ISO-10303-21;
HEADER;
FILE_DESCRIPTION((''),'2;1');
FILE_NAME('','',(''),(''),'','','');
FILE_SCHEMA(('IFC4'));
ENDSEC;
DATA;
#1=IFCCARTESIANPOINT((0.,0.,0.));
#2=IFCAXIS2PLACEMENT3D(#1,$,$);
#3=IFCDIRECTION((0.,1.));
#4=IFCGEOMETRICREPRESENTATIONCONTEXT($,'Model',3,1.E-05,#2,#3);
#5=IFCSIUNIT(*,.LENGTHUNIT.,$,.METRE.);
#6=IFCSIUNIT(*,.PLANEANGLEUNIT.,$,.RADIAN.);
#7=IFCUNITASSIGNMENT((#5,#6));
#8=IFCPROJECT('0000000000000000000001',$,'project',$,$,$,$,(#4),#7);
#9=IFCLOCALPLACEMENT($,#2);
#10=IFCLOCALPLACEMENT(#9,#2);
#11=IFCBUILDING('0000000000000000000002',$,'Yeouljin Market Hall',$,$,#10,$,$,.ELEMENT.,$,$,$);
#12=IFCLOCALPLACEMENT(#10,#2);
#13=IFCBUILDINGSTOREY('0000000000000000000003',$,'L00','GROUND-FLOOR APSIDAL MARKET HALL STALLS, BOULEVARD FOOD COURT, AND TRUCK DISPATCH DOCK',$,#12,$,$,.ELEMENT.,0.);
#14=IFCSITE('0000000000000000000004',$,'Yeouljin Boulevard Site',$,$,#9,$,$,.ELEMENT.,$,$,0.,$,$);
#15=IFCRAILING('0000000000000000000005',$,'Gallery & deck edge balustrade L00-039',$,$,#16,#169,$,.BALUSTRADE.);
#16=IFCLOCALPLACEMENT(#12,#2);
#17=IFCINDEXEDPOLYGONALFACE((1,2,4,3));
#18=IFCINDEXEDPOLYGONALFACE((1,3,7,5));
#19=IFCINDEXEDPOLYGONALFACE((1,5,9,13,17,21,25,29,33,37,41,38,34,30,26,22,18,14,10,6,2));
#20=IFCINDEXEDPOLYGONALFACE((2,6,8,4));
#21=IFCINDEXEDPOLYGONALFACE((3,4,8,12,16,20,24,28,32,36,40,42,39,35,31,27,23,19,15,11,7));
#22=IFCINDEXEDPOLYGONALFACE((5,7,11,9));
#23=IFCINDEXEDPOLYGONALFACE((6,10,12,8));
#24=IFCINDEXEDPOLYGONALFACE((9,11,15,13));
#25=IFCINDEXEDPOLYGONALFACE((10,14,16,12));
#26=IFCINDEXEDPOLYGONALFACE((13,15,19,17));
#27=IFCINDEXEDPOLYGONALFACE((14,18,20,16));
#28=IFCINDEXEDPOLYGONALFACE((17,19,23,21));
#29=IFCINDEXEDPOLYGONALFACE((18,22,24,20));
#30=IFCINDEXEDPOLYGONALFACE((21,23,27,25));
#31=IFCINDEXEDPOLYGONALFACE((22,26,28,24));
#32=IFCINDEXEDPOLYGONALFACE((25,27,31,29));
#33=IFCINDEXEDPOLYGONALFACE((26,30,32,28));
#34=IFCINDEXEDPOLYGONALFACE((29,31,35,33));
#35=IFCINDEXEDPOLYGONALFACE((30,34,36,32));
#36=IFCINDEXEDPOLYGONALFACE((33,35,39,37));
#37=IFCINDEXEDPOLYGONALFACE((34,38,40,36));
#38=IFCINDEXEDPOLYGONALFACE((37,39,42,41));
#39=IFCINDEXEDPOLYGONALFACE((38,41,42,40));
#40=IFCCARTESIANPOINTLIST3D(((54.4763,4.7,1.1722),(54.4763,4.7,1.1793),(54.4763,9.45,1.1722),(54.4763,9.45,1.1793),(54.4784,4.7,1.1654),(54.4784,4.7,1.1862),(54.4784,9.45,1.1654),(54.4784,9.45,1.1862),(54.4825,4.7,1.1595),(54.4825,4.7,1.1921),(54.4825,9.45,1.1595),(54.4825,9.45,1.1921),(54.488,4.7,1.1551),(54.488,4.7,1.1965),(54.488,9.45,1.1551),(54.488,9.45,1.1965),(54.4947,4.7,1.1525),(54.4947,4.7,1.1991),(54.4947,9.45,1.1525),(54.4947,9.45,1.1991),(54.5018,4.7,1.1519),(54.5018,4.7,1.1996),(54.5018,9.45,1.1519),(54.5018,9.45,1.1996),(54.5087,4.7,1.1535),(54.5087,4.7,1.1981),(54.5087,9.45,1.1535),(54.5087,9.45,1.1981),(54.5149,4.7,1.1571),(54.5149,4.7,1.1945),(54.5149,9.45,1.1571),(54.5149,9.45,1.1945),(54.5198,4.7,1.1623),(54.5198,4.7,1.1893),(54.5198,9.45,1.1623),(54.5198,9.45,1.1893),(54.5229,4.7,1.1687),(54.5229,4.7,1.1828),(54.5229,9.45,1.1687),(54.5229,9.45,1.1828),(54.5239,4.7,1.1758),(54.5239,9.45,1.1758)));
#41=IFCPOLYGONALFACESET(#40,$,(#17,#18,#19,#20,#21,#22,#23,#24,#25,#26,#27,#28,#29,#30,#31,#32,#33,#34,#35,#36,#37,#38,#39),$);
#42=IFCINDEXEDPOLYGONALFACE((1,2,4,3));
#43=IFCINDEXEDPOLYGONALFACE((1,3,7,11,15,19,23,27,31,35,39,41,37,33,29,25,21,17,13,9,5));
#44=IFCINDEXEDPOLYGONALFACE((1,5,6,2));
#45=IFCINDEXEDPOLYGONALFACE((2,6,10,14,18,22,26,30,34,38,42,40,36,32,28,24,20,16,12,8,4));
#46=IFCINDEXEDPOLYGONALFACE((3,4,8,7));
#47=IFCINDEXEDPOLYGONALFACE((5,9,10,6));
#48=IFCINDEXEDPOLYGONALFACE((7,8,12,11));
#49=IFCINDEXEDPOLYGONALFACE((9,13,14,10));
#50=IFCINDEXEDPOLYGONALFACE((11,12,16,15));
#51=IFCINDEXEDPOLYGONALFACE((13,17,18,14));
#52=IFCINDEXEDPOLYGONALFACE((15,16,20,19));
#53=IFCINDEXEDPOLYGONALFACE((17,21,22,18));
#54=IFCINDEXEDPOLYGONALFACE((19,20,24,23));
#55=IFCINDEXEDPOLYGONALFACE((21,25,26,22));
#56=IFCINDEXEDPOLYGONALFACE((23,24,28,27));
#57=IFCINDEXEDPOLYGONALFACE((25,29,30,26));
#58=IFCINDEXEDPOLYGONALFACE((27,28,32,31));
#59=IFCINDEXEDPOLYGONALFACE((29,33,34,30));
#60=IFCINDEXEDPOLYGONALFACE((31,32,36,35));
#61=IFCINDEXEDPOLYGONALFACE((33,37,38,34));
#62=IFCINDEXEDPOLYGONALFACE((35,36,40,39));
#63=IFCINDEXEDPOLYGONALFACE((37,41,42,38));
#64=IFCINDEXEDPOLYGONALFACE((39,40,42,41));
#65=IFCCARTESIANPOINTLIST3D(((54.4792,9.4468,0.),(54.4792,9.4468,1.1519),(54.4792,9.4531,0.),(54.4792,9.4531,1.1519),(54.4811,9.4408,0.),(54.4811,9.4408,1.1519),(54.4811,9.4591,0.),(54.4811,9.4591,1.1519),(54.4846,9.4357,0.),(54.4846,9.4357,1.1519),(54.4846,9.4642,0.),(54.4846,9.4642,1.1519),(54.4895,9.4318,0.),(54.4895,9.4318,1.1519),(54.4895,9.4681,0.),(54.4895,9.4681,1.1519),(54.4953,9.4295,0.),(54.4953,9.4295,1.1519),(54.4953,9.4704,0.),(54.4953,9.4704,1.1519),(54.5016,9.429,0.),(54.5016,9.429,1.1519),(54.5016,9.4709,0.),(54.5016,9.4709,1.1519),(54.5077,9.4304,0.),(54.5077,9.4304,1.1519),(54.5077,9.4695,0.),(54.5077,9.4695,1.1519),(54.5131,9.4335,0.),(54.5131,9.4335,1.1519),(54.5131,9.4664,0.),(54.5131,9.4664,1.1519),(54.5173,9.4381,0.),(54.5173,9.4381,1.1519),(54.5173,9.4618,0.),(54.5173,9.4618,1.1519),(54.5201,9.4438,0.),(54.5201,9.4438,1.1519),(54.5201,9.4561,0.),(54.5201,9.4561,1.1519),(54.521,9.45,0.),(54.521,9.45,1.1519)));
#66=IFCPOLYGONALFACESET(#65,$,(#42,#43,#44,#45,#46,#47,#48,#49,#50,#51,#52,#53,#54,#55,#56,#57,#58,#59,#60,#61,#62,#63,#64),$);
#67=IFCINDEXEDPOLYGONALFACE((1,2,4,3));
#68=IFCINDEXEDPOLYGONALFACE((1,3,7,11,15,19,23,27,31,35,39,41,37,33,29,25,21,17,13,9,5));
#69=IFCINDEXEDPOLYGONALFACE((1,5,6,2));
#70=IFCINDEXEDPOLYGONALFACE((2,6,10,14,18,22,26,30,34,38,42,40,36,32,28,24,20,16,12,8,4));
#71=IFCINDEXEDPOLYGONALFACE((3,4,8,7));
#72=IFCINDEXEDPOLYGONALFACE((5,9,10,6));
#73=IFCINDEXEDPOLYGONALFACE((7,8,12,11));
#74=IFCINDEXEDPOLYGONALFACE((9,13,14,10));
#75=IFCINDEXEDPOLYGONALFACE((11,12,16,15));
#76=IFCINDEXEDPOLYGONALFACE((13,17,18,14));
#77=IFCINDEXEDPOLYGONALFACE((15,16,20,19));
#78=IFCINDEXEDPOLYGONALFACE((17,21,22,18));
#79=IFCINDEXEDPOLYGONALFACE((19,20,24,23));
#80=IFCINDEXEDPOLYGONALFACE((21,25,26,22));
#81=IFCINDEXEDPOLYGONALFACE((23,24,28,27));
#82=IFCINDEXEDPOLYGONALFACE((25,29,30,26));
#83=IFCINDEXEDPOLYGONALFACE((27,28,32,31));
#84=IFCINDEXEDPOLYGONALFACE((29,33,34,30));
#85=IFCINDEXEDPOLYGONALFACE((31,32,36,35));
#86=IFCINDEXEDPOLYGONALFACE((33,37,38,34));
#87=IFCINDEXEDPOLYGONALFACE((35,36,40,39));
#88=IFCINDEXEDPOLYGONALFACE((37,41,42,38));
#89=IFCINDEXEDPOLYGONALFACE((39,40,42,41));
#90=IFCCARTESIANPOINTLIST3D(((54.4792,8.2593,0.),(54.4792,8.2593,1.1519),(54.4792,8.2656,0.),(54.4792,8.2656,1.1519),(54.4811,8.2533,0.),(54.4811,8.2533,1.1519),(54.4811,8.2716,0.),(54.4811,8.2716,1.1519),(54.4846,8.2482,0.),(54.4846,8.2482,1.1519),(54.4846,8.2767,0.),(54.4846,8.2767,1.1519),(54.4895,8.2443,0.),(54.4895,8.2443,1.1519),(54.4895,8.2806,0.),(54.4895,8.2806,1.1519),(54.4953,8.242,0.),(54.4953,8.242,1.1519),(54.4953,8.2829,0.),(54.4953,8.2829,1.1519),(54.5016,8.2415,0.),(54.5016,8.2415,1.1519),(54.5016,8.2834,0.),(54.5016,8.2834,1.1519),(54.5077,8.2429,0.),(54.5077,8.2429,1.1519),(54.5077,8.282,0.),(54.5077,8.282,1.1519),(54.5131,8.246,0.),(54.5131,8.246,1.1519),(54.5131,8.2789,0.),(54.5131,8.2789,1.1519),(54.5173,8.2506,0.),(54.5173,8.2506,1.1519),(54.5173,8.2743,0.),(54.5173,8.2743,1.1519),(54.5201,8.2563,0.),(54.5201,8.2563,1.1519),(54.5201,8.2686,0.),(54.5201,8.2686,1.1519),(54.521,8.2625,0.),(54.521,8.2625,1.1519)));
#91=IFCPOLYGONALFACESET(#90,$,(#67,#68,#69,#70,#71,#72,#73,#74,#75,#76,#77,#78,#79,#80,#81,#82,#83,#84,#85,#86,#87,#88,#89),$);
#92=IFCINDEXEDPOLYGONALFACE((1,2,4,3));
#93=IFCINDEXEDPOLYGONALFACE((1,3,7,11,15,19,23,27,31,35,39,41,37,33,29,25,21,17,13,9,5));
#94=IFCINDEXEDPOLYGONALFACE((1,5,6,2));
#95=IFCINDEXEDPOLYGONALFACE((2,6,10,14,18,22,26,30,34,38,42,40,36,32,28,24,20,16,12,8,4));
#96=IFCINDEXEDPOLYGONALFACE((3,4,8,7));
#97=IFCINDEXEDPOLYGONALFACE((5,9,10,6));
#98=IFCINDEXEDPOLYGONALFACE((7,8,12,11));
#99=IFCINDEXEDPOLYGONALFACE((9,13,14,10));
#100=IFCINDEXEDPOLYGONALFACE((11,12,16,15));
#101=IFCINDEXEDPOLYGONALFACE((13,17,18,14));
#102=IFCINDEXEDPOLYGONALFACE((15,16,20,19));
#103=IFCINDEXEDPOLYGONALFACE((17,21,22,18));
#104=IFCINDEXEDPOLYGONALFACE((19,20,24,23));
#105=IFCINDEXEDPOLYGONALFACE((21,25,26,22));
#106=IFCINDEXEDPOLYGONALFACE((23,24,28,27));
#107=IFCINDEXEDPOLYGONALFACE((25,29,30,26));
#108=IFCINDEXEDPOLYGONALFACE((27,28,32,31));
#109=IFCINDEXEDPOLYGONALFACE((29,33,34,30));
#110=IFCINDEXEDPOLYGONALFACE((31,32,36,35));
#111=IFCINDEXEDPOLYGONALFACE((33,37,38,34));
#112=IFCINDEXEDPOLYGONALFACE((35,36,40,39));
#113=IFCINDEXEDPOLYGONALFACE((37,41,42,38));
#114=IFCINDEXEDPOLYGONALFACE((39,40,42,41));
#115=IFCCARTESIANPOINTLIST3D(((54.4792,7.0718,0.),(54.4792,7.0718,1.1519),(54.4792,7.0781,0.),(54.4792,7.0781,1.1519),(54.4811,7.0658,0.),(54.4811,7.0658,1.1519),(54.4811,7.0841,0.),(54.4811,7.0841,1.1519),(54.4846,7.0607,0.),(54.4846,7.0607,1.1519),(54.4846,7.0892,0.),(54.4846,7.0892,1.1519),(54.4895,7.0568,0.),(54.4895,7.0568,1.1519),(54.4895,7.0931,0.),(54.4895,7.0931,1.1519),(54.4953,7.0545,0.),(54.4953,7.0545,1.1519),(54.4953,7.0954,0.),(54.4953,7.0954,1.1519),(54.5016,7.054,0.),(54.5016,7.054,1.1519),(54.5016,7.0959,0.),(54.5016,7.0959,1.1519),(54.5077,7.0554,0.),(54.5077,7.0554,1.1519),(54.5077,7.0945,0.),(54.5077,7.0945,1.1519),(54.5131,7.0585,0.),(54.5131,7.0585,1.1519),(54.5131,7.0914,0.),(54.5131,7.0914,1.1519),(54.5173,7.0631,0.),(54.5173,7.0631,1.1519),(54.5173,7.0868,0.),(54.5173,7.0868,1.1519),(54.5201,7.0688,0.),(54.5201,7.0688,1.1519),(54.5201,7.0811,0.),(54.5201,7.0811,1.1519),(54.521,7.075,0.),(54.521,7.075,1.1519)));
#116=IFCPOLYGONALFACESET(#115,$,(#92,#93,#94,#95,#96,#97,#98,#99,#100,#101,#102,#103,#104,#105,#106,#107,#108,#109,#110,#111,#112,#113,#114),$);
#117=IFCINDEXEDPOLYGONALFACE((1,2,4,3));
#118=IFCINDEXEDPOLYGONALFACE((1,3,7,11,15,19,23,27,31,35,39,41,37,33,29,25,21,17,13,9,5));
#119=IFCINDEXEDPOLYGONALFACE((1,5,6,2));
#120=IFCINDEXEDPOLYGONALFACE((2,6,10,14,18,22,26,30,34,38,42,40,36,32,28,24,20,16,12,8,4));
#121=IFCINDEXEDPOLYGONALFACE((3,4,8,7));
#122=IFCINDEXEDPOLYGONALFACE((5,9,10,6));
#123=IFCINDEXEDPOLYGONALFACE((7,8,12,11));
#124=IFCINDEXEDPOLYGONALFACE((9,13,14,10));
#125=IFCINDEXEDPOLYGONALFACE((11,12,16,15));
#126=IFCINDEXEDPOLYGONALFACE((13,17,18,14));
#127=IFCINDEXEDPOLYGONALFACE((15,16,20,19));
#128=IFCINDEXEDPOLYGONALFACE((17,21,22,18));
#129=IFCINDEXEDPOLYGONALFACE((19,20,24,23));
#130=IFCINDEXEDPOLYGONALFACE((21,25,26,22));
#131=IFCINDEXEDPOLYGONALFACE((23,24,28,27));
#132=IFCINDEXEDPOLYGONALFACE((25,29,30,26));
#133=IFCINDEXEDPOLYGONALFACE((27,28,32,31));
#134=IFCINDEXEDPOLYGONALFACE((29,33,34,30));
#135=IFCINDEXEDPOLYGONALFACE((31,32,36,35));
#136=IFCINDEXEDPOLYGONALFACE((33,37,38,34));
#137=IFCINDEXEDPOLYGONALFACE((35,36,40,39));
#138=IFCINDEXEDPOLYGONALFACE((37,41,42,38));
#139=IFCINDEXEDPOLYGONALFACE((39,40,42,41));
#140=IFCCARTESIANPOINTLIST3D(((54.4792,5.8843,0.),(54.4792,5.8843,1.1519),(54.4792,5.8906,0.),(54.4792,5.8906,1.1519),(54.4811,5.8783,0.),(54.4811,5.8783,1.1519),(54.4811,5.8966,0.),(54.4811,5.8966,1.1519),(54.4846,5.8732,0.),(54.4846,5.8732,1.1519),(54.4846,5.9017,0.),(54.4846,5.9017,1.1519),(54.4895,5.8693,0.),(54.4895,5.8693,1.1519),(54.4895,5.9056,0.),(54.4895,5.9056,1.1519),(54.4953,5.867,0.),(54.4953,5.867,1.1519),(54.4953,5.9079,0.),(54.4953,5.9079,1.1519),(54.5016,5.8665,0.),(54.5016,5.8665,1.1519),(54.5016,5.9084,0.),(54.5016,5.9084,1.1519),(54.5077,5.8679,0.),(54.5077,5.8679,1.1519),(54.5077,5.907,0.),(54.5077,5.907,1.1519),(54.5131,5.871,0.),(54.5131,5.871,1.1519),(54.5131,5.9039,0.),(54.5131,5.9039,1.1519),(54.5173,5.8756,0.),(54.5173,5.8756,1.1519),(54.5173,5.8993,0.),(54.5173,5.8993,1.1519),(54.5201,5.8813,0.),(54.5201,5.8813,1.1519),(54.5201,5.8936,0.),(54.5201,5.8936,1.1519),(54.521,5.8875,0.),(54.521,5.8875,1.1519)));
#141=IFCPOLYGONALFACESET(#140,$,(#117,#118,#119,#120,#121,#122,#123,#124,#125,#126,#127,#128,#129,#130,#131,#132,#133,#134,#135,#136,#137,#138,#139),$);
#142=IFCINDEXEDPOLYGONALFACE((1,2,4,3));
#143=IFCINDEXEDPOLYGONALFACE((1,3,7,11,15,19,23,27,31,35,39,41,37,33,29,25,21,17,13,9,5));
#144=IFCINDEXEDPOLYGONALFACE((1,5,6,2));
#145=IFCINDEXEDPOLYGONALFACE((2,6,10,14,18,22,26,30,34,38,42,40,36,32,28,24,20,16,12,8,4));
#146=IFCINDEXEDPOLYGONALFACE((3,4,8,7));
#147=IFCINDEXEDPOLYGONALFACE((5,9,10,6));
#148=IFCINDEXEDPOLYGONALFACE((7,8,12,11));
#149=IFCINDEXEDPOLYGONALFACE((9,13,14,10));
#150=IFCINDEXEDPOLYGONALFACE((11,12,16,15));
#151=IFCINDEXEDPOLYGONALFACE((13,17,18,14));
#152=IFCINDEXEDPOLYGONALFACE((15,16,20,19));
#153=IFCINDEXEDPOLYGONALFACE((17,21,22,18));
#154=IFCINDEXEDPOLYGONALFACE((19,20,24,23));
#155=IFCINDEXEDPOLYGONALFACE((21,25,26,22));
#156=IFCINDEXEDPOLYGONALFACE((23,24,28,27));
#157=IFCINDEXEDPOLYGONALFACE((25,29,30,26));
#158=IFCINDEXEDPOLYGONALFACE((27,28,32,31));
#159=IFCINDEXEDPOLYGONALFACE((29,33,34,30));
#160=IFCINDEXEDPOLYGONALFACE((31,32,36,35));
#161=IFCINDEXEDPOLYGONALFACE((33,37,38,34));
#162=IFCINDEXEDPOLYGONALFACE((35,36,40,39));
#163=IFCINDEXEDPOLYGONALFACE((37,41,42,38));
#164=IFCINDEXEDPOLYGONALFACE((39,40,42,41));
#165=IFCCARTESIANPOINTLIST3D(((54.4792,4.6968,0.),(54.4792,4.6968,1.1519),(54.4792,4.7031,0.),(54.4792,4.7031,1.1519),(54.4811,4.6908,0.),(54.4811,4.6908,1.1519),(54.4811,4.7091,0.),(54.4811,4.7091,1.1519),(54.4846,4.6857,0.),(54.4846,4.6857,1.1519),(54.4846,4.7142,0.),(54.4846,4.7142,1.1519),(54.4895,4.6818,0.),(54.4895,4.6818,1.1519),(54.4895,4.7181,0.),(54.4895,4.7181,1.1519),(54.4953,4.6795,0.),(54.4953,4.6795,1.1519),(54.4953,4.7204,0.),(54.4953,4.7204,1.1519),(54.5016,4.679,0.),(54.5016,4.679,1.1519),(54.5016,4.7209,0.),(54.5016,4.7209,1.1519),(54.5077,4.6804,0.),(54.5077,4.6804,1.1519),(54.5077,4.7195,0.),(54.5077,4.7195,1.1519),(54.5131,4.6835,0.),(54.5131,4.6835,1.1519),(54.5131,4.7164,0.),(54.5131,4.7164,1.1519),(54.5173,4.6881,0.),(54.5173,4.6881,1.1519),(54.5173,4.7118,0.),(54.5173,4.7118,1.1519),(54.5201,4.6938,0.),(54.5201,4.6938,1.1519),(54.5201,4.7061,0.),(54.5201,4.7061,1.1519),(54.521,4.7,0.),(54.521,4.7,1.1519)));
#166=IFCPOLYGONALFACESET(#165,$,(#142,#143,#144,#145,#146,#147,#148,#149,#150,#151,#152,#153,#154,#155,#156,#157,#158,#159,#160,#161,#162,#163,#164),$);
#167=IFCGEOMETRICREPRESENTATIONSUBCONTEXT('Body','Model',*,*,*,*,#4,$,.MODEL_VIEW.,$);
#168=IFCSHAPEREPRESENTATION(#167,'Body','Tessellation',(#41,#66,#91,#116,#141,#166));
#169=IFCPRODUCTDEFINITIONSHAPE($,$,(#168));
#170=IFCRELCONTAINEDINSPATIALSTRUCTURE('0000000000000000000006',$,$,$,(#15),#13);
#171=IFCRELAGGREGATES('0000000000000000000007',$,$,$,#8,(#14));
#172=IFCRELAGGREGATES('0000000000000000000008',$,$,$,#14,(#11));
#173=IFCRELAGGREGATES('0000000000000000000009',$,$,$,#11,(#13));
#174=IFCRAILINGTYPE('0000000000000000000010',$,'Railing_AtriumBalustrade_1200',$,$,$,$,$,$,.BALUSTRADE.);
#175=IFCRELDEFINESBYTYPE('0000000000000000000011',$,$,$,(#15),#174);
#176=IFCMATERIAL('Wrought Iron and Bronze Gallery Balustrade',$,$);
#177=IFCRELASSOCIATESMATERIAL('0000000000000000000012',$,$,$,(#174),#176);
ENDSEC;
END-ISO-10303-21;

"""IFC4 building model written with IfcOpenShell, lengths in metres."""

from ifc_helpers import new_model, si_unit, direction, frame, origin, origin_2d, place, context, subcontext, project, spatial, circle, extrude, material, type_object, element, save


model = new_model("IFC4")

# Units and contexts
model_context = context("Model", 3, precision=1e-05, world=origin(), true_north=direction((0.0, 1.0)))
body_context = subcontext(model_context, "Body", "Model", "MODEL_VIEW")
ifc_project = project(units=[si_unit("LENGTHUNIT", "METRE"), si_unit("PLANEANGLEUNIT", "RADIAN")], contexts=[model_context])

# Site, building, storey
site_placement = place(None, origin())
site = spatial("IfcSite", under=ifc_project, at=site_placement, Name="Yeouljin Boulevard Site", CompositionType="ELEMENT", RefElevation=0.0)
building_placement = place(site_placement, origin())
building = spatial("IfcBuilding", under=site, at=building_placement, Name="Yeouljin Market Hall", CompositionType="ELEMENT")
storey_placement = place(building_placement, origin())
storey = spatial("IfcBuildingStorey", under=building, at=storey_placement, Name="L00", Description="GROUND-FLOOR APSIDAL MARKET HALL STALLS, BOULEVARD FOOD COURT, AND TRUCK DISPATCH DOCK", CompositionType="ELEMENT", Elevation=0.0)

# Railing
ifc_material_1 = material(Name="Wrought Iron and Bronze Gallery Balustrade")
railing_type = type_object("IfcRailingType", Name="Railing_AtriumBalustrade_1200", PredefinedType="BALUSTRADE", material=ifc_material_1)
railing_1_placement = place(storey_placement, frame((54.5, 9.45, 0.0)))
element("IfcRailing", 1, at=railing_1_placement, inside=storey, type_object=railing_type, Name="Gallery & deck edge balustrade L00-039", PredefinedType="BALUSTRADE", context=body_context, shape_type="SweptSolid", body=[
    extrude(circle(Radius=0.0239, at=origin_2d()), frame((0.0, 0.0, 1.1758), z_axis=(0.0, -1.0, 0.0), x_axis=(1.0, 0.0, 0.0)), (0.0, 0.0, 1.0), 4.75),
    extrude(circle(Radius=0.021, at=origin_2d()), origin(), (0.0, 0.0, 1.0), 1.1519),
    extrude(circle(Radius=0.021, at=origin_2d()), frame((0.0, -1.1875, 0.0)), (0.0, 0.0, 1.0), 1.1519),
    extrude(circle(Radius=0.021, at=origin_2d()), frame((0.0, -2.375, 0.0)), (0.0, 0.0, 1.0), 1.1519),
    extrude(circle(Radius=0.021, at=origin_2d()), frame((0.0, -3.5625, 0.0)), (0.0, 0.0, 1.0), 1.1519),
    extrude(circle(Radius=0.021, at=origin_2d()), frame((0.0, -4.75, 0.0)), (0.0, 0.0, 1.0), 1.1519),
])

save(model, "model.ifc")
